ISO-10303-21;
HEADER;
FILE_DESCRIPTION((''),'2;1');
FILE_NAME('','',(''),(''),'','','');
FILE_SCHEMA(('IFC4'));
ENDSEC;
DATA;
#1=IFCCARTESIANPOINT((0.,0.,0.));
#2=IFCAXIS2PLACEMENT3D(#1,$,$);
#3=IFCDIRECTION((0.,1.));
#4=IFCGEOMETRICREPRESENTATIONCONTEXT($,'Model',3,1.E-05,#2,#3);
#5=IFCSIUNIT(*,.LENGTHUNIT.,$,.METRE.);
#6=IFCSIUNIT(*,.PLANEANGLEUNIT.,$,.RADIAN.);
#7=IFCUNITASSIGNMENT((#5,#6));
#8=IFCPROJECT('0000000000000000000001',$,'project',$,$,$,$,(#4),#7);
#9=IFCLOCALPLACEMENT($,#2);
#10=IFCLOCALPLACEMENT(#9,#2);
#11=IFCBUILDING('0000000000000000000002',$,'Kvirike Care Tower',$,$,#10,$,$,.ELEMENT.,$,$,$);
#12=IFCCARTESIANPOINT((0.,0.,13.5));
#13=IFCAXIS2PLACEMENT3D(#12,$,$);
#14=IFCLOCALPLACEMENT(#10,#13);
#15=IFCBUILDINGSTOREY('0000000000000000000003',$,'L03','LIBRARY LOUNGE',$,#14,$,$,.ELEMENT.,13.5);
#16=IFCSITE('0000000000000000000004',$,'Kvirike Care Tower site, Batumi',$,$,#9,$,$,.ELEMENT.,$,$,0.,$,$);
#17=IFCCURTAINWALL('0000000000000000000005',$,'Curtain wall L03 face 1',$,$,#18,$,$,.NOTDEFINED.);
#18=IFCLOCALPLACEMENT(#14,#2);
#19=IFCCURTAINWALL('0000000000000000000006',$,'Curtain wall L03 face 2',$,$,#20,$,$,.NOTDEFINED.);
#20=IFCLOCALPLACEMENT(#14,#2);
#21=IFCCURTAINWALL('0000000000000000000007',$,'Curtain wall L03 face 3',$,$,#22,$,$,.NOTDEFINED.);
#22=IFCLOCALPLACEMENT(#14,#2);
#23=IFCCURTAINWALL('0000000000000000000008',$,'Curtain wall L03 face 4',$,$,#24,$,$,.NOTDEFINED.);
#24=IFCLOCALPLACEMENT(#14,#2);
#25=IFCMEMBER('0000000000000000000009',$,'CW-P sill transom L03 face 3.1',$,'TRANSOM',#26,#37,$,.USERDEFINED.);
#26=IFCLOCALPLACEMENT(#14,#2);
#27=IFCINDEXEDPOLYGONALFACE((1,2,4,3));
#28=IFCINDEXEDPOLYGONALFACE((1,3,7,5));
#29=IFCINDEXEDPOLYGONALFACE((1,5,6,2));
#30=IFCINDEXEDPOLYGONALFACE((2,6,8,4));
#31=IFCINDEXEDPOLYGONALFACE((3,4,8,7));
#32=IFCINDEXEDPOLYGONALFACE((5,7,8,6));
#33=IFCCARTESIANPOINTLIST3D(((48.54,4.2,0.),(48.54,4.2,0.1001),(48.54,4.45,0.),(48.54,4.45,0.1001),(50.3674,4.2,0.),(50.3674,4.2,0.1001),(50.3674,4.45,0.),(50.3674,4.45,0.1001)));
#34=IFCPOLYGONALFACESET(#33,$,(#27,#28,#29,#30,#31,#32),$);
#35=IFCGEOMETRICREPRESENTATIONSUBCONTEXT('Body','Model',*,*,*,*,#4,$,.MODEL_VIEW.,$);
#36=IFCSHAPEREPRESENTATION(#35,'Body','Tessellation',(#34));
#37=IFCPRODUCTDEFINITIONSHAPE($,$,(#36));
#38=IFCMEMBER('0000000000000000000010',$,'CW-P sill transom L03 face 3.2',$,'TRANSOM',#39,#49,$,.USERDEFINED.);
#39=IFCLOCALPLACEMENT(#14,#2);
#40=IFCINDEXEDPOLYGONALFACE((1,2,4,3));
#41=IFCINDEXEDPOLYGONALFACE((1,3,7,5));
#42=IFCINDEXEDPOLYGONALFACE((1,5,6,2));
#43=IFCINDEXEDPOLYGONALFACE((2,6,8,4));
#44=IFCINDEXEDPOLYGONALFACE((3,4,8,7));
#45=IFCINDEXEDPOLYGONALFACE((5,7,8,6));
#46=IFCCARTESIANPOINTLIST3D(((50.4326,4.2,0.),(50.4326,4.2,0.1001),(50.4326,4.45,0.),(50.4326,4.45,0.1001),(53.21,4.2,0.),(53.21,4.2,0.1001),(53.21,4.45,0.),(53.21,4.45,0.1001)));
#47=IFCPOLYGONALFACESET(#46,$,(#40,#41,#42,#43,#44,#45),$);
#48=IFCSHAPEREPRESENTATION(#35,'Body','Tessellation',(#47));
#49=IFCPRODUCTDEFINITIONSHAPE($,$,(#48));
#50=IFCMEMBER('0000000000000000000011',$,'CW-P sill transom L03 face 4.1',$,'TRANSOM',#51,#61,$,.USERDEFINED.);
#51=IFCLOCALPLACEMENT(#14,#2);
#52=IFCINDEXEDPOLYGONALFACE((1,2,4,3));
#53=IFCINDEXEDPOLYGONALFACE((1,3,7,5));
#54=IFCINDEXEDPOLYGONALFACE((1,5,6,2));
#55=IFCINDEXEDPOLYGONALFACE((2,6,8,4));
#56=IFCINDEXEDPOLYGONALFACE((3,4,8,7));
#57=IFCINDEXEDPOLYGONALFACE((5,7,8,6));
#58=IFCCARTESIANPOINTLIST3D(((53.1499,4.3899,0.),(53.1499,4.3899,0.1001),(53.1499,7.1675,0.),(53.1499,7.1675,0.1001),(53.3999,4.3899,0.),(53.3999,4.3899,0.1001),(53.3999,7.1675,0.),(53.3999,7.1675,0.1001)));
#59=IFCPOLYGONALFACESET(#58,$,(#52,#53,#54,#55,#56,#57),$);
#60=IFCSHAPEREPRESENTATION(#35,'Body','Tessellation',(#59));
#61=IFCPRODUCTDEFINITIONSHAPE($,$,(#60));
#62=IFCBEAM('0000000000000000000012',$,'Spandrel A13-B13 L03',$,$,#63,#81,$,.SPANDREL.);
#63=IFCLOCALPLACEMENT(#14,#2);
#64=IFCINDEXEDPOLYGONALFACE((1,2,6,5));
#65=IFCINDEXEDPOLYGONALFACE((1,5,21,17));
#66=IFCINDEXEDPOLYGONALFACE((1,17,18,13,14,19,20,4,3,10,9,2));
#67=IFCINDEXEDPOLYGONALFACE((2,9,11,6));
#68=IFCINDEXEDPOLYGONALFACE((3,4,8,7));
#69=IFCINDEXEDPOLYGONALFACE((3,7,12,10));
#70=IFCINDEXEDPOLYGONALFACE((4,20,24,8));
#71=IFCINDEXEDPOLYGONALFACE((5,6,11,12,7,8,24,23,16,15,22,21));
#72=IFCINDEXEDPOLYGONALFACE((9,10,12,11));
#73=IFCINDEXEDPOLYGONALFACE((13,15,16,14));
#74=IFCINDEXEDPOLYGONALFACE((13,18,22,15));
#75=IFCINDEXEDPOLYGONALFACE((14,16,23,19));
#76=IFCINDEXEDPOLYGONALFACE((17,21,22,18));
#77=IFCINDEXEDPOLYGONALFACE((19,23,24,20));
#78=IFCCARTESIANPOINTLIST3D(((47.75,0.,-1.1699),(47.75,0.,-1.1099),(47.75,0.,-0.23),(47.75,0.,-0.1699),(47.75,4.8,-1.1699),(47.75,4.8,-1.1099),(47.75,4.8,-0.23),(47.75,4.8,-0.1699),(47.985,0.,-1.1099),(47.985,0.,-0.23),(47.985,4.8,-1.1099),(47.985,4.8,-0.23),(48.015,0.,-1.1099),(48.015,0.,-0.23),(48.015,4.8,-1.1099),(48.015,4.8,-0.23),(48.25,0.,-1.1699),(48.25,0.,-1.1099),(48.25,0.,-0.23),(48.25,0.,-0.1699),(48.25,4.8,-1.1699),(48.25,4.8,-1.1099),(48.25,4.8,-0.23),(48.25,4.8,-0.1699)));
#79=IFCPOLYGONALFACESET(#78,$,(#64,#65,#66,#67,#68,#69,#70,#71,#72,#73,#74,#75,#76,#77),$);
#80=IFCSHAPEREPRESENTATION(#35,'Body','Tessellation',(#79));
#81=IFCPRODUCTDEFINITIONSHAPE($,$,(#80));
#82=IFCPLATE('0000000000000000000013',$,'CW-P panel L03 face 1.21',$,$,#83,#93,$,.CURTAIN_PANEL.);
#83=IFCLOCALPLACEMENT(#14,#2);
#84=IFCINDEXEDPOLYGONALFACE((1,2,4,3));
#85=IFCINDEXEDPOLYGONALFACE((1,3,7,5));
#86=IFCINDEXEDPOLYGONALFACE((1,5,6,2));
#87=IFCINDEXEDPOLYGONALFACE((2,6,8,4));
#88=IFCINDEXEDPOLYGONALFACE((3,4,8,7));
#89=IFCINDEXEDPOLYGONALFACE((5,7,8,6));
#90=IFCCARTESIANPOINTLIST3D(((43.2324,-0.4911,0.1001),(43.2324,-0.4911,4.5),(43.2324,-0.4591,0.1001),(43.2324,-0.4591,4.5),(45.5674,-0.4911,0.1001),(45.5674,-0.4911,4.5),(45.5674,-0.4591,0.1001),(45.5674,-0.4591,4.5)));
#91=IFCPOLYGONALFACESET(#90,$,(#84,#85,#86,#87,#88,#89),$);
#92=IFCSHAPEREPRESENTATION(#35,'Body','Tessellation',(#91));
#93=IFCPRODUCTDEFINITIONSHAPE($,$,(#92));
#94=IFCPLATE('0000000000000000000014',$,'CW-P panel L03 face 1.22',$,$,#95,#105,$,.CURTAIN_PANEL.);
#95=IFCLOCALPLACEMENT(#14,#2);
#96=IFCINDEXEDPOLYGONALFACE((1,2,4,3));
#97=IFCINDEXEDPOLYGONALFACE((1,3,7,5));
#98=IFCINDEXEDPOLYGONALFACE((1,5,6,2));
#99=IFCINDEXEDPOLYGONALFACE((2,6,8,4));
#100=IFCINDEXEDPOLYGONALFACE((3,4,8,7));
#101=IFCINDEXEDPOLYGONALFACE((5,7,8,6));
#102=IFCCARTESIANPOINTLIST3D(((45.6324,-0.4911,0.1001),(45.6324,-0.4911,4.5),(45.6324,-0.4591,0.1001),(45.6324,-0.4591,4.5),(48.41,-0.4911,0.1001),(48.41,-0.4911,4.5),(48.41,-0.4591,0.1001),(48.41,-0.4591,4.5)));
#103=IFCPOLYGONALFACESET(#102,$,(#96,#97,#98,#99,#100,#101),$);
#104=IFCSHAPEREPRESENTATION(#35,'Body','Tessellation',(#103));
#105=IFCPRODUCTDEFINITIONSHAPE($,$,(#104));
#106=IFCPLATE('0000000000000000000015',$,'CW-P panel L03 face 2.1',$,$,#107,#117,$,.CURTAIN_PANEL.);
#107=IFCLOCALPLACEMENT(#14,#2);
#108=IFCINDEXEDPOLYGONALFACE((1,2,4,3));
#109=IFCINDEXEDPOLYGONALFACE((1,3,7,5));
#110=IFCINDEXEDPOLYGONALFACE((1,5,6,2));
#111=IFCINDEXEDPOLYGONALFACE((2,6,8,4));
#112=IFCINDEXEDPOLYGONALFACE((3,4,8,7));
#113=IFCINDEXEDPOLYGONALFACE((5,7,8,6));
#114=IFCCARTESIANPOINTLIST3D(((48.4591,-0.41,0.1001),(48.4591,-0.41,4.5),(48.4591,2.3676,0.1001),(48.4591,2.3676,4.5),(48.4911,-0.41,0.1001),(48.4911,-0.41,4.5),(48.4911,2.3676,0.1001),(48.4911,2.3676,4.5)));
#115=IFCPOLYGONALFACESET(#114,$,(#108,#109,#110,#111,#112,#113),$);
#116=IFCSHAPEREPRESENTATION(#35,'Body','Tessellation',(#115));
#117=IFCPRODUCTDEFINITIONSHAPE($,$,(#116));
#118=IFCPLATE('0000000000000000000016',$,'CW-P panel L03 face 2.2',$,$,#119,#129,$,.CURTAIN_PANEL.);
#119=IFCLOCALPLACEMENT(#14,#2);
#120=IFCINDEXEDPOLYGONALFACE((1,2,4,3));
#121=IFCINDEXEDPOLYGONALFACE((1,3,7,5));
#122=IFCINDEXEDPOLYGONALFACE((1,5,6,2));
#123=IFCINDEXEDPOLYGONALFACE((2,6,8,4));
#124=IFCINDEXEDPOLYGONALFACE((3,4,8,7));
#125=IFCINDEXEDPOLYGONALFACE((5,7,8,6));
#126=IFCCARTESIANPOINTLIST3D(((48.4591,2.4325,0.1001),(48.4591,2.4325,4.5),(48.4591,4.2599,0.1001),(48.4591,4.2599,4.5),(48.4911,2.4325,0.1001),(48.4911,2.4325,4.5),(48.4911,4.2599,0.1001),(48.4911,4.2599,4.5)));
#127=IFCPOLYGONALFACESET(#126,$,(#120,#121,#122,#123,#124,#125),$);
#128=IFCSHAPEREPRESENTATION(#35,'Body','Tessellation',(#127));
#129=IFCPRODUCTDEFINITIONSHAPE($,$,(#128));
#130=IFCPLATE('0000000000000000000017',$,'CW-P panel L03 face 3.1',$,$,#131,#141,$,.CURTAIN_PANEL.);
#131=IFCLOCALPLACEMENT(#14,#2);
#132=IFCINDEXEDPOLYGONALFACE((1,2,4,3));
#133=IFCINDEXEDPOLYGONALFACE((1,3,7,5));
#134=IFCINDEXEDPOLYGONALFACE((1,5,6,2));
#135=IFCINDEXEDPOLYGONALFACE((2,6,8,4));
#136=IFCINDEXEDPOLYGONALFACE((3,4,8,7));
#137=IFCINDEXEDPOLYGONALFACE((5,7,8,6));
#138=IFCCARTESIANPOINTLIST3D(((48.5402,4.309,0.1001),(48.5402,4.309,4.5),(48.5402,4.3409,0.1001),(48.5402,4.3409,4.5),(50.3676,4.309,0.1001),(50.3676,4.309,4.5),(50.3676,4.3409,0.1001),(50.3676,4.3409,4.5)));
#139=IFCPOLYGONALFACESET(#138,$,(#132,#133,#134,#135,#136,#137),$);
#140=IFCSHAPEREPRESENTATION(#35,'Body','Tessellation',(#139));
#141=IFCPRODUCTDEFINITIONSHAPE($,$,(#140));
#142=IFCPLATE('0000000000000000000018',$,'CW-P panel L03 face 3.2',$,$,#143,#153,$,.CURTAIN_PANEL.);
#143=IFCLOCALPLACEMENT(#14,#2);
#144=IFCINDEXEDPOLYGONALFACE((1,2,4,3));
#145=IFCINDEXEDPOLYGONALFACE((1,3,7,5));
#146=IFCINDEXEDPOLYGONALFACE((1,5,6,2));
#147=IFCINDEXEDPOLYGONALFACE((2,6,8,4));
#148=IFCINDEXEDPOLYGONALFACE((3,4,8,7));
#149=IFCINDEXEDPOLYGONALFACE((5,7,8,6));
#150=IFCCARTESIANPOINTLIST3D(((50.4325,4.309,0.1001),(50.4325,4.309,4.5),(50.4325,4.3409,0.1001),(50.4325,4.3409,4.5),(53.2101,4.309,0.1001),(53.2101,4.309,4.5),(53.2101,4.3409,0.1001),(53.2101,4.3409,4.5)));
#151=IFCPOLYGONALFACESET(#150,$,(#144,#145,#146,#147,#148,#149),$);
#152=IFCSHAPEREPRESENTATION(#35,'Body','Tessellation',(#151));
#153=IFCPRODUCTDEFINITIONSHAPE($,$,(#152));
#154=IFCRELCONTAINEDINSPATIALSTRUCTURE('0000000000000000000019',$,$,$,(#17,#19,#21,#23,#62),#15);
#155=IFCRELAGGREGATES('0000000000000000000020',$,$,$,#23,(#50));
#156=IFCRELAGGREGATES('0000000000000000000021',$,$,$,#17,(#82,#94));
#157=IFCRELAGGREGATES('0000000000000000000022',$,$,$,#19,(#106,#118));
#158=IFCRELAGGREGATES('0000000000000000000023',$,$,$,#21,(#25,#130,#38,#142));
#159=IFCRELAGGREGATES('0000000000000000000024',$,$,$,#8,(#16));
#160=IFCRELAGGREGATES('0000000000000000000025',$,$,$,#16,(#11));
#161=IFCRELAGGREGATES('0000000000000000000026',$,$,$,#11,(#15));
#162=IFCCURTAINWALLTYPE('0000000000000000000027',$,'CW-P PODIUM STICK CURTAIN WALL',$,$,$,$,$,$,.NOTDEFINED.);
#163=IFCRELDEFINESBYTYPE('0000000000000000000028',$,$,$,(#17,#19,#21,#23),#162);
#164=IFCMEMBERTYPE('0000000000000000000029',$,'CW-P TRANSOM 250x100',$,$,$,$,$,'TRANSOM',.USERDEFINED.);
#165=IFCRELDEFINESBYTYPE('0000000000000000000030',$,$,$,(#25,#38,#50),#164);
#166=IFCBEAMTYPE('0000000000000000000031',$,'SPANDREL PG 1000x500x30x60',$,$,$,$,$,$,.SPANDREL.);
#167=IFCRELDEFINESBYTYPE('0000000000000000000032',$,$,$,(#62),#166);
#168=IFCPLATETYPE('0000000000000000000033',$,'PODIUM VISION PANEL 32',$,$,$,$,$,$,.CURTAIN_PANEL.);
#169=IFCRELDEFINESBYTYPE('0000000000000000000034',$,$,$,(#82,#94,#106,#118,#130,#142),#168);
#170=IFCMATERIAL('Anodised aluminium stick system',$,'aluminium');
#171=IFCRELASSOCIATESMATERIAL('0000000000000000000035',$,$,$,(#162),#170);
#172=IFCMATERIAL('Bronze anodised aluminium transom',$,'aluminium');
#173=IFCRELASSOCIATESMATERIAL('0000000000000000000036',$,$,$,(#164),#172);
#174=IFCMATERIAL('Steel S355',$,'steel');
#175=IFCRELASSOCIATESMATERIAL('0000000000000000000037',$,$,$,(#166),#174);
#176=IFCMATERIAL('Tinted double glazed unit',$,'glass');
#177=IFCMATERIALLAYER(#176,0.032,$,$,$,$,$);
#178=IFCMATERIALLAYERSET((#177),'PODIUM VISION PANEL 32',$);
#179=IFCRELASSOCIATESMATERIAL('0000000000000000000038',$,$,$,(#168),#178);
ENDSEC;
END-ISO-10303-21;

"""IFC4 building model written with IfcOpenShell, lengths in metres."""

from ifc_helpers import new_model, si_unit, direction, frame, origin, origin_2d, place, context, subcontext, project, spatial, rectangle, i_section, extrude, material, layer, layer_set, material_profile, profile_set, type_object, element, aggregate, save


model = new_model("IFC4")

# Units and contexts
model_context = context("Model", 3, precision=1e-05, world=origin(), true_north=direction((0.0, 1.0)))
body_context = subcontext(model_context, "Body", "Model", "MODEL_VIEW")
ifc_project = project(units=[si_unit("LENGTHUNIT", "METRE"), si_unit("PLANEANGLEUNIT", "RADIAN")], contexts=[model_context])

# Site, building, storey
site_placement = place(None, origin())
site = spatial("IfcSite", under=ifc_project, at=site_placement, Name="Kvirike Care Tower site, Batumi", CompositionType="ELEMENT", RefElevation=0.0)
building_placement = place(site_placement, origin())
building = spatial("IfcBuilding", under=site, at=building_placement, Name="Kvirike Care Tower", CompositionType="ELEMENT")
storey_placement = place(building_placement, frame((0.0, 0.0, 13.5)))
storey = spatial("IfcBuildingStorey", under=building, at=storey_placement, Name="L03", Description="LIBRARY LOUNGE", CompositionType="ELEMENT", Elevation=13.5)

# Curtain walls
ifc_material_1 = material(Name="Anodised aluminium stick system", Category="aluminium")
curtain_wall_type = type_object("IfcCurtainWallType", Name="CW-P PODIUM STICK CURTAIN WALL", PredefinedType="NOTDEFINED", material=ifc_material_1)
curtain_wall_1_placement = place(storey_placement, origin())
curtain_wall_1 = element("IfcCurtainWall", 1, at=curtain_wall_1_placement, inside=storey, type_object=curtain_wall_type, Name="Curtain wall L03 face 1", PredefinedType="NOTDEFINED")
curtain_wall_2_placement = place(storey_placement, origin())
curtain_wall_2 = element("IfcCurtainWall", 2, at=curtain_wall_2_placement, inside=storey, type_object=curtain_wall_type, Name="Curtain wall L03 face 2", PredefinedType="NOTDEFINED")
curtain_wall_3_placement = place(storey_placement, origin())
curtain_wall_3 = element("IfcCurtainWall", 3, at=curtain_wall_3_placement, inside=storey, type_object=curtain_wall_type, Name="Curtain wall L03 face 3", PredefinedType="NOTDEFINED")

# Curtain wall
curtain_wall_4_placement = place(storey_placement, origin())
curtain_wall_4 = element("IfcCurtainWall", 4, at=curtain_wall_4_placement, inside=storey, type_object=curtain_wall_type, Name="Curtain wall L03 face 4", PredefinedType="NOTDEFINED")

# Members
ifc_material_2 = material(Name="Bronze anodised aluminium transom", Category="aluminium")
ifc_material_profile_1 = material_profile(ifc_material_2, rectangle(XDim=0.25, YDim=0.1001, at=origin_2d()), Name="CW-P TRANSOM 250x100")
ifc_profile_set_1 = profile_set([ifc_material_profile_1], Name="Bronze anodised aluminium transom")
member_type_1 = type_object("IfcMemberType", Name="CW-P TRANSOM 250x100", ElementType="TRANSOM", PredefinedType="USERDEFINED", material=ifc_profile_set_1)
member_1_placement = place(storey_placement, frame((48.54, 4.325, 0.05), z_axis=(1.0, 0.0, 0.0), x_axis=(0.0, 1.0, 0.0)))
member_1 = element("IfcMember", 5, at=member_1_placement, type_object=member_type_1, Name="CW-P sill transom L03 face 3.1", ObjectType="TRANSOM", PredefinedType="USERDEFINED", context=body_context, shape_type="SweptSolid", body=[
    extrude(rectangle(XDim=0.25, YDim=0.1001, at=origin_2d()), origin(), (0.0, 0.0, 1.0), 1.8274),
])
member_2_placement = place(storey_placement, frame((50.4326, 4.325, 0.05), z_axis=(1.0, 0.0, 0.0), x_axis=(0.0, 1.0, 0.0)))
member_2 = element("IfcMember", 6, at=member_2_placement, type_object=member_type_1, Name="CW-P sill transom L03 face 3.2", ObjectType="TRANSOM", PredefinedType="USERDEFINED", context=body_context, shape_type="SweptSolid", body=[
    extrude(rectangle(XDim=0.25, YDim=0.1001, at=origin_2d()), origin(), (0.0, 0.0, 1.0), 2.7773),
])
member_3_placement = place(storey_placement, frame((53.2749, 4.3899, 0.05), z_axis=(0.0, 1.0, 0.0), x_axis=(-1.0, 0.0, 0.0)))
member_3 = element("IfcMember", 7, at=member_3_placement, type_object=member_type_1, Name="CW-P sill transom L03 face 4.1", ObjectType="TRANSOM", PredefinedType="USERDEFINED", context=body_context, shape_type="SweptSolid", body=[
    extrude(rectangle(XDim=0.25, YDim=0.1001, at=origin_2d()), origin(), (0.0, 0.0, 1.0), 2.7776),
])
aggregate(curtain_wall_4, [member_3])

# Beam
ifc_material_3 = material(Name="Steel S355", Category="steel")
ifc_material_profile_2 = material_profile(ifc_material_3, i_section(OverallWidth=0.5, OverallDepth=1.0, WebThickness=0.03, FlangeThickness=0.0601, at=origin_2d()), Name="PG 1000x500x30x60")
ifc_profile_set_2 = profile_set([ifc_material_profile_2], Name="Steel S355")
beam_type = type_object("IfcBeamType", Name="SPANDREL PG 1000x500x30x60", PredefinedType="SPANDREL", material=ifc_profile_set_2)
beam_placement = place(storey_placement, frame((48.0, 0.0, -0.6699), z_axis=(0.0, 1.0, 0.0), x_axis=(-1.0, 0.0, 0.0)))
element("IfcBeam", 8, at=beam_placement, inside=storey, type_object=beam_type, Name="Spandrel A13-B13 L03", PredefinedType="SPANDREL", context=body_context, shape_type="SweptSolid", body=[
    extrude(i_section(OverallWidth=0.5, OverallDepth=1.0, WebThickness=0.03, FlangeThickness=0.0601, at=origin_2d()), origin(), (0.0, 0.0, 1.0), 4.8),
])

# Plates
ifc_material_4 = material(Name="Tinted double glazed unit", Category="glass")
ifc_layer = layer(ifc_material_4, 0.032)
ifc_layer_set = layer_set([ifc_layer], Name="PODIUM VISION PANEL 32")
plate_type = type_object("IfcPlateType", Name="PODIUM VISION PANEL 32", PredefinedType="CURTAIN_PANEL", material=ifc_layer_set)
plate_1_placement = place(storey_placement, frame((44.3999, -0.4751, 0.1001), z_axis=(0.0, 0.0, 1.0), x_axis=(1.0, 0.0, 0.0)))
plate_1 = element("IfcPlate", 9, at=plate_1_placement, type_object=plate_type, Name="CW-P panel L03 face 1.21", PredefinedType="CURTAIN_PANEL", context=body_context, shape_type="SweptSolid", body=[
    extrude(rectangle(XDim=2.335, YDim=0.032, at=origin_2d()), origin(), (0.0, 0.0, 1.0), 4.3999),
])
plate_2_placement = place(storey_placement, frame((47.0212, -0.4751, 0.1001), z_axis=(0.0, 0.0, 1.0), x_axis=(1.0, 0.0, 0.0)))
plate_2 = element("IfcPlate", 10, at=plate_2_placement, type_object=plate_type, Name="CW-P panel L03 face 1.22", PredefinedType="CURTAIN_PANEL", context=body_context, shape_type="SweptSolid", body=[
    extrude(rectangle(XDim=2.7776, YDim=0.032, at=origin_2d()), origin(), (0.0, 0.0, 1.0), 4.3999),
])
aggregate(curtain_wall_1, [plate_1, plate_2])
plate_3_placement = place(storey_placement, frame((48.4751, 0.9788, 0.1001), z_axis=(0.0, 0.0, 1.0), x_axis=(0.0, 1.0, 0.0)))
plate_3 = element("IfcPlate", 11, at=plate_3_placement, type_object=plate_type, Name="CW-P panel L03 face 2.1", PredefinedType="CURTAIN_PANEL", context=body_context, shape_type="SweptSolid", body=[
    extrude(rectangle(XDim=2.7776, YDim=0.032, at=origin_2d()), origin(), (0.0, 0.0, 1.0), 4.3999),
])
plate_4_placement = place(storey_placement, frame((48.4751, 3.3462, 0.1001), z_axis=(0.0, 0.0, 1.0), x_axis=(0.0, 1.0, 0.0)))
plate_4 = element("IfcPlate", 12, at=plate_4_placement, type_object=plate_type, Name="CW-P panel L03 face 2.2", PredefinedType="CURTAIN_PANEL", context=body_context, shape_type="SweptSolid", body=[
    extrude(rectangle(XDim=1.8274, YDim=0.032, at=origin_2d()), origin(), (0.0, 0.0, 1.0), 4.3999),
])
aggregate(curtain_wall_2, [plate_3, plate_4])
plate_5_placement = place(storey_placement, frame((49.4539, 4.325, 0.1001), z_axis=(0.0, 0.0, 1.0), x_axis=(1.0, 0.0, 0.0)))
plate_5 = element("IfcPlate", 13, at=plate_5_placement, type_object=plate_type, Name="CW-P panel L03 face 3.1", PredefinedType="CURTAIN_PANEL", context=body_context, shape_type="SweptSolid", body=[
    extrude(rectangle(XDim=1.8274, YDim=0.032, at=origin_2d()), origin(), (0.0, 0.0, 1.0), 4.3999),
])
plate_6_placement = place(storey_placement, frame((51.8213, 4.325, 0.1001), z_axis=(0.0, 0.0, 1.0), x_axis=(1.0, 0.0, 0.0)))
plate_6 = element("IfcPlate", 14, at=plate_6_placement, type_object=plate_type, Name="CW-P panel L03 face 3.2", PredefinedType="CURTAIN_PANEL", context=body_context, shape_type="SweptSolid", body=[
    extrude(rectangle(XDim=2.7776, YDim=0.032, at=origin_2d()), origin(), (0.0, 0.0, 1.0), 4.3999),
])
aggregate(curtain_wall_3, [member_1, plate_5, member_2, plate_6])

save(model, "model.ifc")
